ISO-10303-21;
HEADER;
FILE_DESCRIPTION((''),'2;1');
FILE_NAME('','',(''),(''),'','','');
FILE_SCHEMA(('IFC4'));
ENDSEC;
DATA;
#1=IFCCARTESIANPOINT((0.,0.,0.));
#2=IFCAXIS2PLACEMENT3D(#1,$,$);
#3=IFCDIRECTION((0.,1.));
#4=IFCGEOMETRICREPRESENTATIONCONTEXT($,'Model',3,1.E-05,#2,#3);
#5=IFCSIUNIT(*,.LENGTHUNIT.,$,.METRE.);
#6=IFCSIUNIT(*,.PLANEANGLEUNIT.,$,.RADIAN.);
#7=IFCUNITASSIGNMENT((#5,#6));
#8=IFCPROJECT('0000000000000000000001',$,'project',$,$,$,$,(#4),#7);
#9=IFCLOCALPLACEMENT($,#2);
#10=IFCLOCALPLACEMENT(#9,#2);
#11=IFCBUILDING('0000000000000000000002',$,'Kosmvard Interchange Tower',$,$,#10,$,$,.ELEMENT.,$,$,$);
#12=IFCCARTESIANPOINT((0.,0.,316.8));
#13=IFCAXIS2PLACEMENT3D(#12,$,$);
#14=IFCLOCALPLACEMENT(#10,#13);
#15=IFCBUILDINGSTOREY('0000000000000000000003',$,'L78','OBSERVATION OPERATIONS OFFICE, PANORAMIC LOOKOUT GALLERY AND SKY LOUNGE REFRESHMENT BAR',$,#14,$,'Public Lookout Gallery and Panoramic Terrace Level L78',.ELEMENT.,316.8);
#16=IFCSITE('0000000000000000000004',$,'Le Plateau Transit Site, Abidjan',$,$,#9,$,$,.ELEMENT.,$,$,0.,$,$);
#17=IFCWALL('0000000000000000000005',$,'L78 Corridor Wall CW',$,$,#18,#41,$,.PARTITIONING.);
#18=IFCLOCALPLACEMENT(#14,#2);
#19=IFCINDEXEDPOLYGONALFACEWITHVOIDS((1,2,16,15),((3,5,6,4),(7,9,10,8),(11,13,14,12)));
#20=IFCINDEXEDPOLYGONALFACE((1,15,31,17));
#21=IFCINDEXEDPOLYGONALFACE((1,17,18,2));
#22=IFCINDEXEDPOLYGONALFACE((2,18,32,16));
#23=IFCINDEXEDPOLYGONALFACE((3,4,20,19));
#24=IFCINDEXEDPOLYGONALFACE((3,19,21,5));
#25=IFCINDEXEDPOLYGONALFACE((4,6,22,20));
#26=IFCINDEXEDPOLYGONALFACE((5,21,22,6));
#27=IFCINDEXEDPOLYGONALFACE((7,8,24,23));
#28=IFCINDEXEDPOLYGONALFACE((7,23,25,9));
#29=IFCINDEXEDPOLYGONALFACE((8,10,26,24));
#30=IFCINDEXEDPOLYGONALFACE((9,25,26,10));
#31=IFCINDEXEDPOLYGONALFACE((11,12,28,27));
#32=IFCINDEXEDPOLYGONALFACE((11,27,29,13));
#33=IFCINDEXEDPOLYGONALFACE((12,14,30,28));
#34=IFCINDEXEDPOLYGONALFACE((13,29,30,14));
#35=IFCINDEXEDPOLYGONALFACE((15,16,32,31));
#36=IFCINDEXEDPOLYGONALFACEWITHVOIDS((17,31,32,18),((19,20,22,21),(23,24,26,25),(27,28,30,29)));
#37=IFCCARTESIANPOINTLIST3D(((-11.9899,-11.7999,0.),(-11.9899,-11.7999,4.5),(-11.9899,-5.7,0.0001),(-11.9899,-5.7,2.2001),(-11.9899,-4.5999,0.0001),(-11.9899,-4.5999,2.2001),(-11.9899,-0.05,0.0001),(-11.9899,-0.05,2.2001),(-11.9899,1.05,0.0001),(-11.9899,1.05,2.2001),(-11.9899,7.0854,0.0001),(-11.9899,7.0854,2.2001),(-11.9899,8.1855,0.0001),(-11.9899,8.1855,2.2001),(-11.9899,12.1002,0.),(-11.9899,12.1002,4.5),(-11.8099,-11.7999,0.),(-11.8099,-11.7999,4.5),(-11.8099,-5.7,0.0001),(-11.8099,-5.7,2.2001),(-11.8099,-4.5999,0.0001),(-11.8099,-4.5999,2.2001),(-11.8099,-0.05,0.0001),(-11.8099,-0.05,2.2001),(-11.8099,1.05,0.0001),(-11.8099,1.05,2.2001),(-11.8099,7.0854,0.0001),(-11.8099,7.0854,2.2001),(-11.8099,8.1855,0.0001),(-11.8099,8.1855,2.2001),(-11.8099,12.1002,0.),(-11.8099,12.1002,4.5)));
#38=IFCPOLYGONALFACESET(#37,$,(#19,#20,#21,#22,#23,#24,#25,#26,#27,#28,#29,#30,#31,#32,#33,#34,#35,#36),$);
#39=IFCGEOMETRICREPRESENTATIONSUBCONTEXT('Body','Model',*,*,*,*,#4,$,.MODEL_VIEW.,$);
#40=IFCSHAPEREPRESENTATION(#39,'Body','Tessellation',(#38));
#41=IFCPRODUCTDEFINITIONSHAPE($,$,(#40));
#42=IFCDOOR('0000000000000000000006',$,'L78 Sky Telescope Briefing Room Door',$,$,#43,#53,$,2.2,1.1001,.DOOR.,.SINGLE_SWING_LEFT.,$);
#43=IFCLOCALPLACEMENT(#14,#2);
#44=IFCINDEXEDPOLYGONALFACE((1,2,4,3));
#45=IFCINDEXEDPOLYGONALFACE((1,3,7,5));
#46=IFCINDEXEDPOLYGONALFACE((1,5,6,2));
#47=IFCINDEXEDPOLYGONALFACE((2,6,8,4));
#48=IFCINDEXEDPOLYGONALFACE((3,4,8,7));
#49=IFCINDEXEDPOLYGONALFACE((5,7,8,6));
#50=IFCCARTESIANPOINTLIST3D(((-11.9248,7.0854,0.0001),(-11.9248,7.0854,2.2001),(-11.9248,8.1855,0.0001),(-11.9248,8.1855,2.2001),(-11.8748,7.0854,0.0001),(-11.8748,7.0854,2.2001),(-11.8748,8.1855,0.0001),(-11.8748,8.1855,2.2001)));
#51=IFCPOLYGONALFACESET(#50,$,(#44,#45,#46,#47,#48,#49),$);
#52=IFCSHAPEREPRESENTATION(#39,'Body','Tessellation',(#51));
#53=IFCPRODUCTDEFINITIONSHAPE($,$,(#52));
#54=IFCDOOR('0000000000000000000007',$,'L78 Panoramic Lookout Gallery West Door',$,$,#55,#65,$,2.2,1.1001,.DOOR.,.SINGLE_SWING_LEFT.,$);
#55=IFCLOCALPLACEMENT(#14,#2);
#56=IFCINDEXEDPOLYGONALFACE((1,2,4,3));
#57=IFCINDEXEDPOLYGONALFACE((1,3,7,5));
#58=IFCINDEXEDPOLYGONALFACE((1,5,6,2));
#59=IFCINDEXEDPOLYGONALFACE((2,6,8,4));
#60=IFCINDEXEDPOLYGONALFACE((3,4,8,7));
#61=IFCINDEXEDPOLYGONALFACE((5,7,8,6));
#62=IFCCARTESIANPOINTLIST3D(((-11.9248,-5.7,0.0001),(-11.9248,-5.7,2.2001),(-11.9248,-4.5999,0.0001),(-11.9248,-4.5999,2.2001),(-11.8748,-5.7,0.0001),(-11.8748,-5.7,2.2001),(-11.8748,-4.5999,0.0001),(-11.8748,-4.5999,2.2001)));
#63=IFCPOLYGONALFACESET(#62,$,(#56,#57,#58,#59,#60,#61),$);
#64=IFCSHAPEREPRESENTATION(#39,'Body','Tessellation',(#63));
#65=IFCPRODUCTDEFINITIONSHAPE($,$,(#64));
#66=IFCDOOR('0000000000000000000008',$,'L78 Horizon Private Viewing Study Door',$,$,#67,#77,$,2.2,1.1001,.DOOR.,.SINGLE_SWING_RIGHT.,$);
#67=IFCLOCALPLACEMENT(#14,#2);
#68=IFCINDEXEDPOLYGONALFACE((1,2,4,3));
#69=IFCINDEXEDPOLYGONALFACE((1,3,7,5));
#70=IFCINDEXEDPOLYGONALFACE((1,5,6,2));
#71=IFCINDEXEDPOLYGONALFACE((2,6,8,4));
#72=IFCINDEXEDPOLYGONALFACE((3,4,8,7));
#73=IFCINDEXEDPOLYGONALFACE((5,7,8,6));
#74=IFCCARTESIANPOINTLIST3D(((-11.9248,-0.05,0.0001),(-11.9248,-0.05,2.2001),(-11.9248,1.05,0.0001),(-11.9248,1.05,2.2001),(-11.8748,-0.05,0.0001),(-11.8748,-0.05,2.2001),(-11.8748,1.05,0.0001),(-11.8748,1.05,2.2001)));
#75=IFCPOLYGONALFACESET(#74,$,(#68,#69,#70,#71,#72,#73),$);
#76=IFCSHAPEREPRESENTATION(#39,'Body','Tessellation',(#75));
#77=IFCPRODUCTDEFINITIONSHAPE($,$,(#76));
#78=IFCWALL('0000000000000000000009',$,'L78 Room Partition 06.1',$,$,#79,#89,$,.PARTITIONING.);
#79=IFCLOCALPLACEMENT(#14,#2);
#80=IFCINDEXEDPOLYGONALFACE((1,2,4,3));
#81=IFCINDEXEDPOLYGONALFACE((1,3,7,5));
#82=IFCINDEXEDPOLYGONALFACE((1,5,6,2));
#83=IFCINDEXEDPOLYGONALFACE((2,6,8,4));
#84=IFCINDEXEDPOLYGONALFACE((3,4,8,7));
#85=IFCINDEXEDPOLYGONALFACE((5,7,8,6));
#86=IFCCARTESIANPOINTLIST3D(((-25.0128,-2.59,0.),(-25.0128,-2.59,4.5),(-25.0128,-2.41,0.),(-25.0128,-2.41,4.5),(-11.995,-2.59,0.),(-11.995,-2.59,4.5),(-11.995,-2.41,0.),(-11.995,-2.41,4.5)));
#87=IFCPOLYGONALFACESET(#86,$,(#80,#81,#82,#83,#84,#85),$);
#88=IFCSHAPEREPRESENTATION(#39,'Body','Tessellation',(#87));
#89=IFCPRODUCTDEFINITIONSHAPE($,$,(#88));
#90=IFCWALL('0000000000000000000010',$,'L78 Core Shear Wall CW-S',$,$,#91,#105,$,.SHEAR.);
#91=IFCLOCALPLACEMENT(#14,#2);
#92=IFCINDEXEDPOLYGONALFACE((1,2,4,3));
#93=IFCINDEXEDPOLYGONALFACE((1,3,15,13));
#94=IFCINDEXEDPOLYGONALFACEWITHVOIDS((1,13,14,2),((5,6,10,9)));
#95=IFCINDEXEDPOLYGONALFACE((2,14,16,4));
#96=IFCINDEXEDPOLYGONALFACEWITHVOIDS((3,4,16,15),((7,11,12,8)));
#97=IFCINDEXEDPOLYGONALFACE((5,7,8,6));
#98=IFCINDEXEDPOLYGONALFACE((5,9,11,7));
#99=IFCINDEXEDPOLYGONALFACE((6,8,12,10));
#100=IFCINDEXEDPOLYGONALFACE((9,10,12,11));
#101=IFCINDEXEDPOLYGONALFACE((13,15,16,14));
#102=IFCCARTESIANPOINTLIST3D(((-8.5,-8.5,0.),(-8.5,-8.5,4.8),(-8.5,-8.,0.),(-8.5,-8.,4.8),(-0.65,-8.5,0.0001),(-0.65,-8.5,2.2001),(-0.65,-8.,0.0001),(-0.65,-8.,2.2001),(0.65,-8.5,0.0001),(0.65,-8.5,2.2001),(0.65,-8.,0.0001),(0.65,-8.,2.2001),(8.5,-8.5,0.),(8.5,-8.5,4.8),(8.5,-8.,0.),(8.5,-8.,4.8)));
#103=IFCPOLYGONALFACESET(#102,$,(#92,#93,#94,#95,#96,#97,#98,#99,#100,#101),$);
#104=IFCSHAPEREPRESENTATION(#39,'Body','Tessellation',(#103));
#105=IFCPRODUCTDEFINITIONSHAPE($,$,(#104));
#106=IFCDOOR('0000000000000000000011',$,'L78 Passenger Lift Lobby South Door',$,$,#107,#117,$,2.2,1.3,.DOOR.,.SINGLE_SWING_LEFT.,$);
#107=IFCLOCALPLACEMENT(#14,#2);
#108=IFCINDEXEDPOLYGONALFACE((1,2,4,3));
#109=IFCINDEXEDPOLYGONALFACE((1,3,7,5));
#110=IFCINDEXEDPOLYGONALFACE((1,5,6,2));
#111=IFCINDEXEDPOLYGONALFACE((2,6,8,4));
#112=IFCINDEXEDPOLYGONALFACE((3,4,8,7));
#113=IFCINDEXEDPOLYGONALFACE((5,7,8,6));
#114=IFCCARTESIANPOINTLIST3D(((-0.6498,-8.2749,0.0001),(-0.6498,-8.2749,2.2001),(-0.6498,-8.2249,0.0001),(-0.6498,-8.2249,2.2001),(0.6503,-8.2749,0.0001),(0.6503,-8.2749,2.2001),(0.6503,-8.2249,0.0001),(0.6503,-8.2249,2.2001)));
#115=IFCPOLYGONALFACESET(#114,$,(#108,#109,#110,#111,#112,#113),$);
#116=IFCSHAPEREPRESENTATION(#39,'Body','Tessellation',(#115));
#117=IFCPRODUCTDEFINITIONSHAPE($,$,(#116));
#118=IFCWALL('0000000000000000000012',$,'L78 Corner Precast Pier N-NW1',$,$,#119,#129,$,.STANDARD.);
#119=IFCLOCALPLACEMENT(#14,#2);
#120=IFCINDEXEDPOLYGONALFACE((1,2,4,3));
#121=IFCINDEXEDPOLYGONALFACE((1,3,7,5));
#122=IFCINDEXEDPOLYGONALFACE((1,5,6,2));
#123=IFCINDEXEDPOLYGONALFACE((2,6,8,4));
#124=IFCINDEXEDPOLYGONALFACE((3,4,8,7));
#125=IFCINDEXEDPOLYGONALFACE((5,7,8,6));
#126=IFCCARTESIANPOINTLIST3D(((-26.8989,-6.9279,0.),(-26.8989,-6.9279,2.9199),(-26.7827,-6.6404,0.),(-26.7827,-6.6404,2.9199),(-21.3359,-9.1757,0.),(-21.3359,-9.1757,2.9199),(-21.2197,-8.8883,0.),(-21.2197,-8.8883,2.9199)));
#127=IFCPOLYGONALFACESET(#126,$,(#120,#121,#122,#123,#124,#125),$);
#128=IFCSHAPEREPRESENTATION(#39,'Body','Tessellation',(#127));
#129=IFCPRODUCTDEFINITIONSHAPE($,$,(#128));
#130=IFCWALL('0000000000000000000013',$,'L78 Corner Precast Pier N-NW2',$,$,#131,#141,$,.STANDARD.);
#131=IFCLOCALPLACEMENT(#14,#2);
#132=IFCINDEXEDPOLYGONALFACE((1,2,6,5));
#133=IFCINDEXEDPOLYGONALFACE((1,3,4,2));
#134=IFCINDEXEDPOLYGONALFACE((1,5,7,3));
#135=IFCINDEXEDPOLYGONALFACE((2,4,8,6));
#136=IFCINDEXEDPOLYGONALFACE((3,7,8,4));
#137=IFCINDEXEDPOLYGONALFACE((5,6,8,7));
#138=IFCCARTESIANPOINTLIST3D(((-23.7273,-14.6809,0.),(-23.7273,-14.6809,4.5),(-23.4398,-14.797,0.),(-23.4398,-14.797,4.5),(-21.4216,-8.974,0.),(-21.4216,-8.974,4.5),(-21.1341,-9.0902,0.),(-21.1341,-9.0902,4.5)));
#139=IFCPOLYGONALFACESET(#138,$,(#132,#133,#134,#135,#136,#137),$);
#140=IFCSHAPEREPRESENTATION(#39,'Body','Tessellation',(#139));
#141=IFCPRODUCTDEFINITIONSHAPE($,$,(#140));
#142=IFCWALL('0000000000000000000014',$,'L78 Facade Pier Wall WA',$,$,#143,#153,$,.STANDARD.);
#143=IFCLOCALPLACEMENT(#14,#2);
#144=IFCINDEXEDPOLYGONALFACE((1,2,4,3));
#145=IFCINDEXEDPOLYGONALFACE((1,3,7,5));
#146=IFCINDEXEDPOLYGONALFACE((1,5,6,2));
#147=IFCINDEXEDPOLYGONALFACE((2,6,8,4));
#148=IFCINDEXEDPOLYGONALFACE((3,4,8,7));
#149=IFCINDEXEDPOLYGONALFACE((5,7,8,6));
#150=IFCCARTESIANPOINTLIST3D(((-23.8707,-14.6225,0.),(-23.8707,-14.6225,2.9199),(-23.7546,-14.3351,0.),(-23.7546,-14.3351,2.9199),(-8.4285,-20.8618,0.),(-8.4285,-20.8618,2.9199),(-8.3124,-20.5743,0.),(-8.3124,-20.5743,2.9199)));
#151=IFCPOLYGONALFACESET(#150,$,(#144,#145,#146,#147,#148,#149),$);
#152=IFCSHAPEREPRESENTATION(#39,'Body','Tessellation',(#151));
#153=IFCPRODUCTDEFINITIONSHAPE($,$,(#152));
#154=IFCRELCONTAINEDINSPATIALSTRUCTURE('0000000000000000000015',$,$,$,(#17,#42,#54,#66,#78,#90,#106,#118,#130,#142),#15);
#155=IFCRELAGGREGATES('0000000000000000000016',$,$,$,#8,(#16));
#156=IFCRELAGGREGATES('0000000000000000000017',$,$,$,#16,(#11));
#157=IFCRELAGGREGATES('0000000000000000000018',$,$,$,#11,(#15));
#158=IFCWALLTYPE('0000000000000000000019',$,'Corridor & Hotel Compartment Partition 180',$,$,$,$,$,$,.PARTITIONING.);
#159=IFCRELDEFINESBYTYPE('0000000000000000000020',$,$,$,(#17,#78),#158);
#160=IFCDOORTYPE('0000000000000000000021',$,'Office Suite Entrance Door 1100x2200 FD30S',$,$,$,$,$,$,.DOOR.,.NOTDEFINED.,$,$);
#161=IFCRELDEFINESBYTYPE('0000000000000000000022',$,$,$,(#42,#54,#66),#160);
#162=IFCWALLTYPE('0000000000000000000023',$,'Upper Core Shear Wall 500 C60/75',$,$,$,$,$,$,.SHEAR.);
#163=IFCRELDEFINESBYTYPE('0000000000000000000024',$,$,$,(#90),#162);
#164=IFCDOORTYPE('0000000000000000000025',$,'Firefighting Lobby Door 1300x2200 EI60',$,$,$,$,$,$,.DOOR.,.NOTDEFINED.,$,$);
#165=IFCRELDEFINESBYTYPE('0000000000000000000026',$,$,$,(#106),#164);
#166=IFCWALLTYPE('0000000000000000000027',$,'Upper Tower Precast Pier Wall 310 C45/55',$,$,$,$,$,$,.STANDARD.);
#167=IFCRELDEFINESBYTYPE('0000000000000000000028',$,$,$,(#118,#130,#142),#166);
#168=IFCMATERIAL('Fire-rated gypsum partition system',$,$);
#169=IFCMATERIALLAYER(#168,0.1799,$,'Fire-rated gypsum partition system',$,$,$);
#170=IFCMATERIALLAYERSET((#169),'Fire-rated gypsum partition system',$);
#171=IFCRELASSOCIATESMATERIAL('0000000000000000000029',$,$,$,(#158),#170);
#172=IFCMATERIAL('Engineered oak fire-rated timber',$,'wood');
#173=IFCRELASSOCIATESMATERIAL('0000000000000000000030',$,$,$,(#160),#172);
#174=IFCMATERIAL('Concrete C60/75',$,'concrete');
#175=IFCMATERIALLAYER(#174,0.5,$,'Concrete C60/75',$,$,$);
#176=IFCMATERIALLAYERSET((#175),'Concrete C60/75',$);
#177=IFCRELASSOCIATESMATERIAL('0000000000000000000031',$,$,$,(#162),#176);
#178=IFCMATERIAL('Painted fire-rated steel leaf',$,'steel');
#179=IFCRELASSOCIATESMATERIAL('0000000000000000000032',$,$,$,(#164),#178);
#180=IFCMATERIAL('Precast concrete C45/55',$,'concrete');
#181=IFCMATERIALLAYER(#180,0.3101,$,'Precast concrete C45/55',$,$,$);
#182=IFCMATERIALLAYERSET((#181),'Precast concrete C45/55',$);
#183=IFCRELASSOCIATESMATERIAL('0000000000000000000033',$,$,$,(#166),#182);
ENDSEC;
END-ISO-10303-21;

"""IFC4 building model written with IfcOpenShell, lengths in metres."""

from ifc_helpers import new_model, si_unit, direction, frame, frame_2d, origin, place, context, subcontext, project, spatial, rectangle, extrude, source, transform, mapped, material, layer, layer_set, type_object, element, fill, save


model = new_model("IFC4")

# Units and contexts
model_context = context("Model", 3, precision=1e-05, world=origin(), true_north=direction((0.0, 1.0)))
body_context = subcontext(model_context, "Body", "Model", "MODEL_VIEW")
ifc_project = project(units=[si_unit("LENGTHUNIT", "METRE"), si_unit("PLANEANGLEUNIT", "RADIAN")], contexts=[model_context])

# Site, building, storey
site_placement = place(None, origin())
site = spatial("IfcSite", under=ifc_project, at=site_placement, Name="Le Plateau Transit Site, Abidjan", CompositionType="ELEMENT", RefElevation=0.0)
building_placement = place(site_placement, origin())
building = spatial("IfcBuilding", under=site, at=building_placement, Name="Kosmvard Interchange Tower", CompositionType="ELEMENT")
storey_placement = place(building_placement, frame((0.0, 0.0, 316.8)))
storey = spatial("IfcBuildingStorey", under=building, at=storey_placement, Name="L78", Description="OBSERVATION OPERATIONS OFFICE, PANORAMIC LOOKOUT GALLERY AND SKY LOUNGE REFRESHMENT BAR", LongName="Public Lookout Gallery and Panoramic Terrace Level L78", CompositionType="ELEMENT", Elevation=316.8)

# Shared definitions
ifc_material_1 = material(Name="Precast concrete C45/55", Category="concrete")

# Wall, openings, doors
ifc_material_2 = material(Name="Fire-rated gypsum partition system")
ifc_layer_1 = layer(ifc_material_2, 0.1799, Name="Fire-rated gypsum partition system")
ifc_layer_set_1 = layer_set([ifc_layer_1], Name="Fire-rated gypsum partition system")
wall_type_1 = type_object("IfcWallType", Name="Corridor & Hotel Compartment Partition 180", PredefinedType="PARTITIONING", material=ifc_layer_set_1)
ifc_material_3 = material(Name="Engineered oak fire-rated timber", Category="wood")
door_type_1 = type_object("IfcDoorType", Name="Office Suite Entrance Door 1100x2200 FD30S", OperationType="NOTDEFINED", PredefinedType="DOOR", material=ifc_material_3)
shared_shape_1 = source(origin(), body_context, "Body", "SweptSolid", [
    extrude(rectangle(XDim=1.1001, YDim=2.2, at=frame_2d((0.55, 1.1001))), frame((0.0, 0.0249, 0.0), z_axis=(0.0, -1.0, 0.0), x_axis=(1.0, 0.0, 0.0)), (0.0, 0.0, 1.0), 0.05),
])
wall_1_placement = place(storey_placement, frame((-11.8999, -11.8, 0.0), z_axis=(0.0, 0.0, 1.0), x_axis=(0.0, 1.0, 0.0)))
wall_1 = element("IfcWall", 1, at=wall_1_placement, inside=storey, type_object=wall_type_1, Name="L78 Corridor Wall CW", PredefinedType="PARTITIONING", context=body_context, shape_type="SweptSolid", body=[
    extrude(rectangle(XDim=23.9001, YDim=0.1799, at=frame_2d((11.9502, 0.0))), origin(), (0.0, 0.0, 1.0), 4.5),
])
opening_1_placement = place(wall_1_placement, frame((18.8855, 0.0, 0.0)))
opening_1 = element("IfcOpeningElement", 2, at=opening_1_placement, cuts=wall_1, PredefinedType="OPENING", context=body_context, shape_type="SweptSolid", body=[
    extrude(rectangle(XDim=1.1001, YDim=2.2, at=frame_2d((0.55, 1.1001))), frame((0.0, 0.1001, 0.0), z_axis=(0.0, -1.0, 0.0), x_axis=(1.0, 0.0, 0.0)), (0.0, 0.0, 1.0), 0.2),
])
opening_2_placement = place(wall_1_placement, frame((6.1001, 0.0, 0.0)))
opening_2 = element("IfcOpeningElement", 3, at=opening_2_placement, cuts=wall_1, PredefinedType="OPENING", context=body_context, shape_type="SweptSolid", body=[
    extrude(rectangle(XDim=1.1001, YDim=2.2, at=frame_2d((0.55, 1.1001))), frame((0.0, 0.1001, 0.0), z_axis=(0.0, -1.0, 0.0), x_axis=(1.0, 0.0, 0.0)), (0.0, 0.0, 1.0), 0.2),
])
opening_3_placement = place(wall_1_placement, frame((11.75, 0.0, 0.0)))
opening_3 = element("IfcOpeningElement", 4, at=opening_3_placement, cuts=wall_1, PredefinedType="OPENING", context=body_context, shape_type="SweptSolid", body=[
    extrude(rectangle(XDim=1.1001, YDim=2.2, at=frame_2d((0.55, 1.1001))), frame((0.0, 0.1001, 0.0), z_axis=(0.0, -1.0, 0.0), x_axis=(1.0, 0.0, 0.0)), (0.0, 0.0, 1.0), 0.2),
])
door_1_placement = place(opening_1_placement, origin())
door_1 = element("IfcDoor", 5, at=door_1_placement, inside=storey, type_object=door_type_1, Name="L78 Sky Telescope Briefing Room Door", OperationType="SINGLE_SWING_LEFT", OverallHeight=2.2, OverallWidth=1.1001, PredefinedType="DOOR", context=body_context, shape_type="MappedRepresentation", body=[
    mapped(shared_shape_1, transform((0.0, 0.0, 0.0), scale=1.0)),
])
fill(opening_1, door_1)
door_2_placement = place(opening_2_placement, origin())
door_2 = element("IfcDoor", 6, at=door_2_placement, inside=storey, type_object=door_type_1, Name="L78 Panoramic Lookout Gallery West Door", OperationType="SINGLE_SWING_LEFT", OverallHeight=2.2, OverallWidth=1.1001, PredefinedType="DOOR", context=body_context, shape_type="MappedRepresentation", body=[
    mapped(shared_shape_1, transform((0.0, 0.0, 0.0), scale=1.0)),
])
fill(opening_2, door_2)
door_3_placement = place(opening_3_placement, origin())
door_3 = element("IfcDoor", 7, at=door_3_placement, inside=storey, type_object=door_type_1, Name="L78 Horizon Private Viewing Study Door", OperationType="SINGLE_SWING_RIGHT", OverallHeight=2.2, OverallWidth=1.1001, PredefinedType="DOOR", context=body_context, shape_type="MappedRepresentation", body=[
    mapped(shared_shape_1, transform((0.0, 0.0, 0.0), scale=1.0)),
])
fill(opening_3, door_3)

# Wall
wall_2_placement = place(storey_placement, frame((-11.9951, -2.5, 0.0), z_axis=(0.0, 0.0, 1.0), x_axis=(-1.0, 0.0, 0.0)))
element("IfcWall", 8, at=wall_2_placement, inside=storey, type_object=wall_type_1, Name="L78 Room Partition 06.1", PredefinedType="PARTITIONING", context=body_context, shape_type="SweptSolid", body=[
    extrude(rectangle(XDim=13.0178, YDim=0.1799, at=frame_2d((6.5088, 0.0))), origin(), (0.0, 0.0, 1.0), 4.5),
])

# Wall, opening, door
ifc_material_4 = material(Name="Concrete C60/75", Category="concrete")
ifc_layer_2 = layer(ifc_material_4, 0.5, Name="Concrete C60/75")
ifc_layer_set_2 = layer_set([ifc_layer_2], Name="Concrete C60/75")
wall_type_2 = type_object("IfcWallType", Name="Upper Core Shear Wall 500 C60/75", PredefinedType="SHEAR", material=ifc_layer_set_2)
wall_3_placement = place(storey_placement, frame((-8.5, -8.25, 0.0), z_axis=(0.0, 0.0, 1.0), x_axis=(1.0, 0.0, 0.0)))
wall_3 = element("IfcWall", 9, at=wall_3_placement, inside=storey, type_object=wall_type_2, Name="L78 Core Shear Wall CW-S", PredefinedType="SHEAR", context=body_context, shape_type="SweptSolid", body=[
    extrude(rectangle(XDim=17.0, YDim=0.5, at=frame_2d((8.5, 0.0))), origin(), (0.0, 0.0, 1.0), 4.8),
])
opening_4_placement = place(wall_3_placement, frame((7.8501, 0.0, 0.0)))
opening_4 = element("IfcOpeningElement", 10, at=opening_4_placement, cuts=wall_3, PredefinedType="OPENING", context=body_context, shape_type="SweptSolid", body=[
    extrude(rectangle(XDim=1.3, YDim=2.2, at=frame_2d((0.6499, 1.1001))), frame((0.0, 0.26, 0.0), z_axis=(0.0, -1.0, 0.0), x_axis=(1.0, 0.0, 0.0)), (0.0, 0.0, 1.0), 0.52),
])
ifc_material_5 = material(Name="Painted fire-rated steel leaf", Category="steel")
door_type_2 = type_object("IfcDoorType", Name="Firefighting Lobby Door 1300x2200 EI60", OperationType="NOTDEFINED", PredefinedType="DOOR", material=ifc_material_5)
shared_shape_2 = source(origin(), body_context, "Body", "SweptSolid", [
    extrude(rectangle(XDim=1.3, YDim=2.2, at=frame_2d((0.6499, 1.1001))), frame((0.0, 0.0249, 0.0), z_axis=(0.0, -1.0, 0.0), x_axis=(1.0, 0.0, 0.0)), (0.0, 0.0, 1.0), 0.05),
])
door_4_placement = place(opening_4_placement, frame((1.3, 0.0, 0.0), z_axis=(0.0, 0.0, 1.0), x_axis=(-1.0, 0.0, 0.0)))
door_4 = element("IfcDoor", 11, at=door_4_placement, inside=storey, type_object=door_type_2, Name="L78 Passenger Lift Lobby South Door", OperationType="SINGLE_SWING_LEFT", OverallHeight=2.2, OverallWidth=1.3, PredefinedType="DOOR", context=body_context, shape_type="MappedRepresentation", body=[
    mapped(shared_shape_2, transform((0.0, 0.0, 0.0), scale=1.0)),
])
fill(opening_4, door_4)

# Walls
ifc_layer_3 = layer(ifc_material_1, 0.3101, Name="Precast concrete C45/55")
ifc_layer_set_3 = layer_set([ifc_layer_3], Name="Precast concrete C45/55")
wall_type_3 = type_object("IfcWallType", Name="Upper Tower Precast Pier Wall 310 C45/55", PredefinedType="STANDARD", material=ifc_layer_set_3)
wall_4_placement = place(storey_placement, frame((-26.8408, -6.7842, 0.0), z_axis=(0.0, 0.0, 1.0), x_axis=(0.927172, -0.374637, 0.0)))
element("IfcWall", 12, at=wall_4_placement, inside=storey, type_object=wall_type_3, Name="L78 Corner Precast Pier N-NW1", PredefinedType="STANDARD", context=body_context, shape_type="SweptSolid", body=[
    extrude(rectangle(XDim=6.0, YDim=0.3101, at=frame_2d((3.0, 0.0))), origin(), (0.0, 0.0, 1.0), 2.9199),
])
wall_5_placement = place(storey_placement, frame((-21.2778, -9.032, 0.0), z_axis=(0.0, 0.0, 1.0), x_axis=(-0.374603, -0.927185, 0.0)))
element("IfcWall", 13, at=wall_5_placement, inside=storey, type_object=wall_type_3, Name="L78 Corner Precast Pier N-NW2", PredefinedType="STANDARD", context=body_context, shape_type="SweptSolid", body=[
    extrude(rectangle(XDim=6.155, YDim=0.3101, at=frame_2d((3.0776, 0.0))), origin(), (0.0, 0.0, 1.0), 4.5),
])
wall_6_placement = place(storey_placement, frame((-23.8127, -14.4788, 0.0), z_axis=(0.0, 0.0, 1.0), x_axis=(0.927179, -0.374618, 0.0)))
element("IfcWall", 14, at=wall_6_placement, inside=storey, type_object=wall_type_3, Name="L78 Facade Pier Wall WA", PredefinedType="STANDARD", context=body_context, shape_type="SweptSolid", body=[
    extrude(rectangle(XDim=16.655, YDim=0.3101, at=frame_2d((8.3276, 0.0))), origin(), (0.0, 0.0, 1.0), 2.9199),
])

save(model, "model.ifc")
